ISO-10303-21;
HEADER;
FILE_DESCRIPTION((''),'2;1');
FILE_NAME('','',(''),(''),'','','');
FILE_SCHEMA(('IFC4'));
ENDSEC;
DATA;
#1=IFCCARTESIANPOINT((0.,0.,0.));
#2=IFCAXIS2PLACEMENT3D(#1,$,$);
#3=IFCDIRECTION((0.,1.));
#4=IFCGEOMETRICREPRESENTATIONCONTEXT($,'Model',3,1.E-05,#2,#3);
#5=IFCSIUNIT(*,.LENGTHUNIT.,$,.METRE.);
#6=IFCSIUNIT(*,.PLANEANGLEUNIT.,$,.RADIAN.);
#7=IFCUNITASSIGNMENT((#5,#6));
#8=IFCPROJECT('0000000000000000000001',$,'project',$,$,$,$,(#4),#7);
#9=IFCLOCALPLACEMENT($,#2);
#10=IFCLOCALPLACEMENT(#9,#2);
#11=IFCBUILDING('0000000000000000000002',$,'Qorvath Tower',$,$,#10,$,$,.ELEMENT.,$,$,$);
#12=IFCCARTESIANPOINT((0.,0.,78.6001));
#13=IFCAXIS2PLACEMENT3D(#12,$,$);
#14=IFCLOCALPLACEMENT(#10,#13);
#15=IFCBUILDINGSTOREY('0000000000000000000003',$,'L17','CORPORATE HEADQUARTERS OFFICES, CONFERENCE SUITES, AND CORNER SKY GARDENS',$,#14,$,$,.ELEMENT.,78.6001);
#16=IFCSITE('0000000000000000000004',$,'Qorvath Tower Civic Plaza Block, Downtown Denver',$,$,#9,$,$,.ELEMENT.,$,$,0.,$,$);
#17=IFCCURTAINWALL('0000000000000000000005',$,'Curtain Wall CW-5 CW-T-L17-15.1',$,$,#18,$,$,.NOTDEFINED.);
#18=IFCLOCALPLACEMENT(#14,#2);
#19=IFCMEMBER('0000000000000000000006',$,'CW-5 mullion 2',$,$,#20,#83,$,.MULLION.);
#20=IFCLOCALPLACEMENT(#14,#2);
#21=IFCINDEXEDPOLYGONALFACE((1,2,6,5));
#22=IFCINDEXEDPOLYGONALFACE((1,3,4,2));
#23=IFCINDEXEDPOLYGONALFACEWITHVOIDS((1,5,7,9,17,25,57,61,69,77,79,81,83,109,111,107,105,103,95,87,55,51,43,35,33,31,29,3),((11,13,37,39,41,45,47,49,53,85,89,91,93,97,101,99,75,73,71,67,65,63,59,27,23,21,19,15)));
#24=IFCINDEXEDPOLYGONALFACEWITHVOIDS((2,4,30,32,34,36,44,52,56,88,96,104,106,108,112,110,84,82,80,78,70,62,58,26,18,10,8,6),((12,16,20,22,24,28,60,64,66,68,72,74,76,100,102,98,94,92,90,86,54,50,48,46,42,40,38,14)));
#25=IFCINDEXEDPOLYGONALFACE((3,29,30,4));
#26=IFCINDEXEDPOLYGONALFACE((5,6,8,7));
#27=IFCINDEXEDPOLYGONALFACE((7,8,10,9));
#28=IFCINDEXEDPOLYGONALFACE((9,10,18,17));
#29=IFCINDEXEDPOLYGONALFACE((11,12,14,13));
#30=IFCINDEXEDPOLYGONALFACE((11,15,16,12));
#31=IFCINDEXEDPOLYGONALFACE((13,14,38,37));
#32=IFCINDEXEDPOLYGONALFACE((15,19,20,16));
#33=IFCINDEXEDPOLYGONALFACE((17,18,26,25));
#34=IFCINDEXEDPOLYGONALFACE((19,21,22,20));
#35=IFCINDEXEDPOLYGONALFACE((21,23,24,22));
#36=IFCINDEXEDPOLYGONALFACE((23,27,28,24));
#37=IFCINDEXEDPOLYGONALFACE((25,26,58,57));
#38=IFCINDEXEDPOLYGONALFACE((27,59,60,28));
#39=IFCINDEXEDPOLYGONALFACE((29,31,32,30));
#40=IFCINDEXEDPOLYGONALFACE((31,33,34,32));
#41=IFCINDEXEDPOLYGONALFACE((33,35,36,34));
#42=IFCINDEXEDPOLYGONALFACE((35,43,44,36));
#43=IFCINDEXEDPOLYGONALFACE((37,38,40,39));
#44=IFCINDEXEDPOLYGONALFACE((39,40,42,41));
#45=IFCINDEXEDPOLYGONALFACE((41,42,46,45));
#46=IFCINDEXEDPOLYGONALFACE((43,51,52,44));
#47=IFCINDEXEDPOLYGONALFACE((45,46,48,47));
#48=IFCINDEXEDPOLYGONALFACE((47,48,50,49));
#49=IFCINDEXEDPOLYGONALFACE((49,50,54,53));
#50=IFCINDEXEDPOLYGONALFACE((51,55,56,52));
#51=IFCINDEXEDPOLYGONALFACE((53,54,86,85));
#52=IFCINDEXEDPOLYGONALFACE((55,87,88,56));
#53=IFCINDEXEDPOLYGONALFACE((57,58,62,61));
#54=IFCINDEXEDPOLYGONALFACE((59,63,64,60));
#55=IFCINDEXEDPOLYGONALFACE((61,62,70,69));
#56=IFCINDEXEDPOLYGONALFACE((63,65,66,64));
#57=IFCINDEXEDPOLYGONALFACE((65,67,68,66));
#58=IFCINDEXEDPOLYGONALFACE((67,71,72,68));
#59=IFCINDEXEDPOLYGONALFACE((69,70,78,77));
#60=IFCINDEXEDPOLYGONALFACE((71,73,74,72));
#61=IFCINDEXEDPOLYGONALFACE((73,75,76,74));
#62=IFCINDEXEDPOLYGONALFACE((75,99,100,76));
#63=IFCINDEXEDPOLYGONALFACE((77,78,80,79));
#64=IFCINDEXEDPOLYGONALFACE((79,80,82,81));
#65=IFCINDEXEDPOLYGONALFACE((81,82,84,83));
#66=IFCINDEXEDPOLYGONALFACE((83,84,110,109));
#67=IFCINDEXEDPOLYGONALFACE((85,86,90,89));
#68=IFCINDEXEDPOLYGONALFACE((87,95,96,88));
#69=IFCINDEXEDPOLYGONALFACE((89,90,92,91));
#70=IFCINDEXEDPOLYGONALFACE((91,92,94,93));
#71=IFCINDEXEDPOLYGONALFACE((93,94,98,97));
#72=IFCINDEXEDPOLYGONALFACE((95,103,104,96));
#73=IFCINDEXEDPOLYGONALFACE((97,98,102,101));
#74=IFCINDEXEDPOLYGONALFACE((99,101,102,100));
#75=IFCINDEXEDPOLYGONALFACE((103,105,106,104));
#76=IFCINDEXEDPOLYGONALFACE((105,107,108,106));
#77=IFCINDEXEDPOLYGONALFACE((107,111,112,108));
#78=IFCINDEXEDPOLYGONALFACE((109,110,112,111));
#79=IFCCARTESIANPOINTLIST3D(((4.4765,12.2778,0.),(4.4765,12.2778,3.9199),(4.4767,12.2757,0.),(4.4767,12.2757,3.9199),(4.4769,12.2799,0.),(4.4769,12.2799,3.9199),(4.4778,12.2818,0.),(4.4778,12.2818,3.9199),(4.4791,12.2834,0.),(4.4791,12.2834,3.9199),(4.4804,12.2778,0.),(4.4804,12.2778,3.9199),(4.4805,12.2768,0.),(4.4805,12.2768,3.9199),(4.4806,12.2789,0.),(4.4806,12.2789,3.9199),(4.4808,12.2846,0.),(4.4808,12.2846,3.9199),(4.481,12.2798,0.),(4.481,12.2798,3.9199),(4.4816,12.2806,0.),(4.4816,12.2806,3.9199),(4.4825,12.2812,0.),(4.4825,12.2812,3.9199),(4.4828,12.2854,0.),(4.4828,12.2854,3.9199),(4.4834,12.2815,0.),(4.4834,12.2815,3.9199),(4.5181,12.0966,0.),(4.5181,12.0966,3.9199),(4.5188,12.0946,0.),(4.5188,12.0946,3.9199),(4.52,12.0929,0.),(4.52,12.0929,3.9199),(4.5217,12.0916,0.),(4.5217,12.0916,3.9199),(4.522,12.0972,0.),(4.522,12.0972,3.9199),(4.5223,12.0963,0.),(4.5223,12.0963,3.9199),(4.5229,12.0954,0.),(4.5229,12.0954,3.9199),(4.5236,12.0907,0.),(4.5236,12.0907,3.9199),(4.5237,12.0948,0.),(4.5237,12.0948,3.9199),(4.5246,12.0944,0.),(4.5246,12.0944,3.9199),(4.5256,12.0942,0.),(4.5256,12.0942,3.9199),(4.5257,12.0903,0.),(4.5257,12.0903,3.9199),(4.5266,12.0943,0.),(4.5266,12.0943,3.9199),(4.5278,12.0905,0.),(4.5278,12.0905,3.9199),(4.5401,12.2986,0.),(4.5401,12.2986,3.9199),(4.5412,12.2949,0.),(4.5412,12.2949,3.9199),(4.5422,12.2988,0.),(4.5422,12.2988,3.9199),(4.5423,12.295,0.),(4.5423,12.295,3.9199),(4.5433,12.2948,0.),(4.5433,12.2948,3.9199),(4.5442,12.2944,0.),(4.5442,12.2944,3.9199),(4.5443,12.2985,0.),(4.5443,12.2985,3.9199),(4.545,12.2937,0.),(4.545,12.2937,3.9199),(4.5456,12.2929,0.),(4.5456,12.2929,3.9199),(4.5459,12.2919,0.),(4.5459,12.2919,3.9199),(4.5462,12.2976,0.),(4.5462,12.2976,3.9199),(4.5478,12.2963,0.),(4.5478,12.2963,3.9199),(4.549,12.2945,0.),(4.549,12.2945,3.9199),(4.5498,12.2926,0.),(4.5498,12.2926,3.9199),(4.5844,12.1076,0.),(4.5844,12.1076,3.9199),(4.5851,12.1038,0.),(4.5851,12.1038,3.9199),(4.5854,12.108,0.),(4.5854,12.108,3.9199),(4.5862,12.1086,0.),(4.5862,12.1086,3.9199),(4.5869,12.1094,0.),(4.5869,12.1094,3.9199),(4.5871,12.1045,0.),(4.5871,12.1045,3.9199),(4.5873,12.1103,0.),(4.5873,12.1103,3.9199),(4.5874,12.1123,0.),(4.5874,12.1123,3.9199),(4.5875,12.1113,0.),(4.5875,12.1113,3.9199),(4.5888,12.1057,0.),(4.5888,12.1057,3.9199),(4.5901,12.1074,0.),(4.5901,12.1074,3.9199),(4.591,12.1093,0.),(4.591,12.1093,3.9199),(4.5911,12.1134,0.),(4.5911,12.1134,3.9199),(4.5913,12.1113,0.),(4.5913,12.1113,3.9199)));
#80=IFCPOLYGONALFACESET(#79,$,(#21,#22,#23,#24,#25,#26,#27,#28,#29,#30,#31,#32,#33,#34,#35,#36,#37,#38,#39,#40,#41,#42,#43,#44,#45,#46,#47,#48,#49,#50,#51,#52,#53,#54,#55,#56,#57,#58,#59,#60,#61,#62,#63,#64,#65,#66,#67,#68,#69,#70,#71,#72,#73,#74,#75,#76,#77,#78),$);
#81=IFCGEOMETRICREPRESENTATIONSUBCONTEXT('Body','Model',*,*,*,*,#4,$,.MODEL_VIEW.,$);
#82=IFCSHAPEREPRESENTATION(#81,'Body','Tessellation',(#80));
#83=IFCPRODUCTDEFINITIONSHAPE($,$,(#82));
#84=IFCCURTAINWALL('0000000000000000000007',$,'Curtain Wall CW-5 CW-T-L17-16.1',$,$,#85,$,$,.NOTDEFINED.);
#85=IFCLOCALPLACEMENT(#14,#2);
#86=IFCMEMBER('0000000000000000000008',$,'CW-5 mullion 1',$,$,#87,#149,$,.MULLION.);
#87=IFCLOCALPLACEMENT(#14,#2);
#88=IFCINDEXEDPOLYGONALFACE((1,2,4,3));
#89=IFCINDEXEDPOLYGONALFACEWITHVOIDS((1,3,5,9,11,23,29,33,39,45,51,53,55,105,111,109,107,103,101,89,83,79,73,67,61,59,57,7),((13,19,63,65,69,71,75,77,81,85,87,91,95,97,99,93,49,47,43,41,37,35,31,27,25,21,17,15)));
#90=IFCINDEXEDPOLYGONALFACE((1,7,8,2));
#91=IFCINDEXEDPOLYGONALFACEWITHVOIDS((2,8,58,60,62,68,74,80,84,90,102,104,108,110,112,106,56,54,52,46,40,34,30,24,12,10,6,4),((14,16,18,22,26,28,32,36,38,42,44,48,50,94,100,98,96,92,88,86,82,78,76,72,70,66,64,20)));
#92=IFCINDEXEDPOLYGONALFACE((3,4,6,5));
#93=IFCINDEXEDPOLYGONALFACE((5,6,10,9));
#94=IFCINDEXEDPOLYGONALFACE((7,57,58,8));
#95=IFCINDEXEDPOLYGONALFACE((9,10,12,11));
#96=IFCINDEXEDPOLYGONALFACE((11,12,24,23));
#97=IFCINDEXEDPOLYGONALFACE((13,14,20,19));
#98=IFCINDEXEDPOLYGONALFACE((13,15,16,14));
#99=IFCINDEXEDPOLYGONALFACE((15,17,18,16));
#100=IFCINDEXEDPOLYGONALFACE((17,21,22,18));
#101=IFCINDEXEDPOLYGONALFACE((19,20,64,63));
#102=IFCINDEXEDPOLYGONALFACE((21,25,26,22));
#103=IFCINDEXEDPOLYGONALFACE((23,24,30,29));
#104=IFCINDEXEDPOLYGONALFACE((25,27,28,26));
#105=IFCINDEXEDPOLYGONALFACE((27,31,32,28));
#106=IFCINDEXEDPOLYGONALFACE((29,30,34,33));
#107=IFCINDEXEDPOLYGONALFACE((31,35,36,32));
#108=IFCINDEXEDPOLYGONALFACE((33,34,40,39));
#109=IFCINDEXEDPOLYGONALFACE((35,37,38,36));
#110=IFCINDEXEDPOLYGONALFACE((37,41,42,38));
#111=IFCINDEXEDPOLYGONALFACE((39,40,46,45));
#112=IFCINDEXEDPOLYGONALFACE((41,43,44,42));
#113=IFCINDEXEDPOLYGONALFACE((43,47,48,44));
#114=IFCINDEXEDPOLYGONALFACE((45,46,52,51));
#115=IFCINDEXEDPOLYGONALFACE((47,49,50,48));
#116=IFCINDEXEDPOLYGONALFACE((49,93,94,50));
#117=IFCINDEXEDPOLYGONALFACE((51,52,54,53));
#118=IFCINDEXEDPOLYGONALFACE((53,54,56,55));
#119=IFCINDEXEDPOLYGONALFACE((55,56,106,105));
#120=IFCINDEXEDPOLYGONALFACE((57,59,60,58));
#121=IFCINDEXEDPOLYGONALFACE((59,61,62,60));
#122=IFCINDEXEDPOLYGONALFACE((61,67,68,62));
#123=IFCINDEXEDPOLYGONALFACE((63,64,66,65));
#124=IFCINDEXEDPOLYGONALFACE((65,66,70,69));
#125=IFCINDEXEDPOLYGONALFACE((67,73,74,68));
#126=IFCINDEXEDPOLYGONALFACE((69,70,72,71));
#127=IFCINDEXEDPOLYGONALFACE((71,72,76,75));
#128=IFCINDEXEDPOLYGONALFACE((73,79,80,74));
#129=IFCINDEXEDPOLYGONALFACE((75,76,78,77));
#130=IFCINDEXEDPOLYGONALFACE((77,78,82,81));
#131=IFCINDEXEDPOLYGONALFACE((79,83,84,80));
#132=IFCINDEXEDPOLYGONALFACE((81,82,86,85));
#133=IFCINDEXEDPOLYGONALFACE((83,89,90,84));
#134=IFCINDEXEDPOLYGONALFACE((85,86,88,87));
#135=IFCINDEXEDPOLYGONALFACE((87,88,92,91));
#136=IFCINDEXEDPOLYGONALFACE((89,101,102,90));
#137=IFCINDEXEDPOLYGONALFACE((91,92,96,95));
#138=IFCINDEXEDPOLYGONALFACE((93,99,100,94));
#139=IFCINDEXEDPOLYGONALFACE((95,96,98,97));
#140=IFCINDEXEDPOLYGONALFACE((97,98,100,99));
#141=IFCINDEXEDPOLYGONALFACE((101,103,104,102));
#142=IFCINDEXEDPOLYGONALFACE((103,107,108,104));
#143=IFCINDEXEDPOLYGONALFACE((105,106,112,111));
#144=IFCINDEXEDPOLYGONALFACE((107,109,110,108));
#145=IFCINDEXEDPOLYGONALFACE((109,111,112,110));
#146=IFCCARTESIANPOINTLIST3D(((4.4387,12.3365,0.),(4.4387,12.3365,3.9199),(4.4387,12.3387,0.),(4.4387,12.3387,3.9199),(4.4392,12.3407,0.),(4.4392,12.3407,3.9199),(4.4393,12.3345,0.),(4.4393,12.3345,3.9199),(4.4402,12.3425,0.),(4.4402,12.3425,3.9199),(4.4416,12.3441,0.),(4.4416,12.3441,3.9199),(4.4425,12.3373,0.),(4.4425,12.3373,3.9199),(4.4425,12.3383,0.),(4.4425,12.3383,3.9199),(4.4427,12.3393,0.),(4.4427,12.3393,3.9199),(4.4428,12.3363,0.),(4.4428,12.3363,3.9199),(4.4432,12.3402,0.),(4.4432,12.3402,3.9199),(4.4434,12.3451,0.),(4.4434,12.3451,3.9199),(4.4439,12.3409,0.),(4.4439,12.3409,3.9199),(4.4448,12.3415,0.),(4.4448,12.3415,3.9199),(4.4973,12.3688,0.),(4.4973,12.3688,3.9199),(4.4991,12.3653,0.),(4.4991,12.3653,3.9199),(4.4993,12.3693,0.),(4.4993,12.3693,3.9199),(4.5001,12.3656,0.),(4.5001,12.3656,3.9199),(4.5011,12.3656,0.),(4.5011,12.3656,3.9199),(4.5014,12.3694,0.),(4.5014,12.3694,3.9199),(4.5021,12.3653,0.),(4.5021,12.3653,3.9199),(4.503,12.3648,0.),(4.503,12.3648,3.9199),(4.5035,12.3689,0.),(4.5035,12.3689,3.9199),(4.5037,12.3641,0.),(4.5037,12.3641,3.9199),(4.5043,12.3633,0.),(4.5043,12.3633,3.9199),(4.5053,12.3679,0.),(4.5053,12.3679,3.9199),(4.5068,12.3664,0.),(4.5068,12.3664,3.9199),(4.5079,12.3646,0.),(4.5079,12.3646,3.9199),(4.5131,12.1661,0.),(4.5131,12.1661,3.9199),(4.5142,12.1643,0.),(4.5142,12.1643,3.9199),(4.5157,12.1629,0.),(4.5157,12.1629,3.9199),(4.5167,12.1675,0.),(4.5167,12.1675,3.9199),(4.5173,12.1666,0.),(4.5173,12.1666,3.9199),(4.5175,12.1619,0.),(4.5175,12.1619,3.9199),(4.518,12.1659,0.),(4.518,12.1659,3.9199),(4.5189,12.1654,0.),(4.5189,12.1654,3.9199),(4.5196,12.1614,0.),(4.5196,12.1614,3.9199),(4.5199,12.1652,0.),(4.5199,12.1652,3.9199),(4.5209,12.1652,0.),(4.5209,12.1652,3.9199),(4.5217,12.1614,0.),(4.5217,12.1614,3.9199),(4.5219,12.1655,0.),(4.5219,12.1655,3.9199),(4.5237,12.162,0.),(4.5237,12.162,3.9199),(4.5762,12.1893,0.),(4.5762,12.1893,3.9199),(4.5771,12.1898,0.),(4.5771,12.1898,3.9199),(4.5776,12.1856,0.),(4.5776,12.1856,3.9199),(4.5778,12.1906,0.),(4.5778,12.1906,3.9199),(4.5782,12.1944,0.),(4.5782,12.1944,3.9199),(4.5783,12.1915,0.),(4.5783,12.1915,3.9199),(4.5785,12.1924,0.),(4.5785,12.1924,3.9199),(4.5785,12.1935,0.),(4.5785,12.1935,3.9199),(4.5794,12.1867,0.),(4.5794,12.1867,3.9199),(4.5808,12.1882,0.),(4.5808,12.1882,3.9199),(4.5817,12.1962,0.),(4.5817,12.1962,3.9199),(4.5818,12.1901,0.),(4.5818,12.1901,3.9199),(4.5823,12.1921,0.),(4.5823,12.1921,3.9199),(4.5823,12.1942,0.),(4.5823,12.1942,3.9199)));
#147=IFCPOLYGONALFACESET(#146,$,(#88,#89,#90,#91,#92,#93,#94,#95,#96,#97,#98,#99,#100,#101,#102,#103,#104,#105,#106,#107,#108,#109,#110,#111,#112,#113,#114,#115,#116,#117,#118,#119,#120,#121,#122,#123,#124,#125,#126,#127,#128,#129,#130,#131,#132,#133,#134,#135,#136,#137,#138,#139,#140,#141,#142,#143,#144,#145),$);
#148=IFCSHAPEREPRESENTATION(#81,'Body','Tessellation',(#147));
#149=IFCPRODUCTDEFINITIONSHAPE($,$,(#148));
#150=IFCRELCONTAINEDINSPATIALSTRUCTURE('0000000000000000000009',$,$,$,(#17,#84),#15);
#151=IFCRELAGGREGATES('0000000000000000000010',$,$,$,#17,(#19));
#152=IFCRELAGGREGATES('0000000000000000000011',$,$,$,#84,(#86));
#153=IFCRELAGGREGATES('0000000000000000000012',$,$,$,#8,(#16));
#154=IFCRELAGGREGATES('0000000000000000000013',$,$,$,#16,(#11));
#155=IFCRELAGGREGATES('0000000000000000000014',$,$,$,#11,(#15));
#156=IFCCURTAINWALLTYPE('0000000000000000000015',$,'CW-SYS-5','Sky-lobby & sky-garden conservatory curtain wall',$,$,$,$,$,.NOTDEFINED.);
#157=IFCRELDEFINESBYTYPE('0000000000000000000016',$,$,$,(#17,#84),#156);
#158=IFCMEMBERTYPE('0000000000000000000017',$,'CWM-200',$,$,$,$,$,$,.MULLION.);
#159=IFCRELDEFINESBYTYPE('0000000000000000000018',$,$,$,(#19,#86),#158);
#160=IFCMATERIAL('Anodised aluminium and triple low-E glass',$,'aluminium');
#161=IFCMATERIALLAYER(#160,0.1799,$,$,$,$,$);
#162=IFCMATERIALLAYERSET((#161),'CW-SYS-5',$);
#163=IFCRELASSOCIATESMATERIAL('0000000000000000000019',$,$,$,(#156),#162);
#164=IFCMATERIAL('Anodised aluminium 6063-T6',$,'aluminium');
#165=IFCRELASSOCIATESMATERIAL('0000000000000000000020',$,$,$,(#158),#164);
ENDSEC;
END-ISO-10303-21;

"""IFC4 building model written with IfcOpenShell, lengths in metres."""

from ifc_helpers import new_model, si_unit, direction, frame, origin, origin_2d, place, context, subcontext, project, spatial, hollow_rectangle, extrude, material, layer, layer_set, material_profile, profile_set, type_object, element, aggregate, save


model = new_model("IFC4")

# Units and contexts
model_context = context("Model", 3, precision=1e-05, world=origin(), true_north=direction((0.0, 1.0)))
body_context = subcontext(model_context, "Body", "Model", "MODEL_VIEW")
ifc_project = project(units=[si_unit("LENGTHUNIT", "METRE"), si_unit("PLANEANGLEUNIT", "RADIAN")], contexts=[model_context])

# Site, building, storey
site_placement = place(None, origin())
site = spatial("IfcSite", under=ifc_project, at=site_placement, Name="Qorvath Tower Civic Plaza Block, Downtown Denver", CompositionType="ELEMENT", RefElevation=0.0)
building_placement = place(site_placement, origin())
building = spatial("IfcBuilding", under=site, at=building_placement, Name="Qorvath Tower", CompositionType="ELEMENT")
storey_placement = place(building_placement, frame((0.0, 0.0, 78.6001)))
storey = spatial("IfcBuildingStorey", under=building, at=storey_placement, Name="L17", Description="CORPORATE HEADQUARTERS OFFICES, CONFERENCE SUITES, AND CORNER SKY GARDENS", CompositionType="ELEMENT", Elevation=78.6001)

# Shared definitions
ifc_material_1 = material(Name="Anodised aluminium and triple low-E glass", Category="aluminium")
ifc_layer_1 = layer(ifc_material_1, 0.1799)
ifc_layer_set_1 = layer_set([ifc_layer_1], Name="CW-SYS-5")
curtain_wall_type = type_object("IfcCurtainWallType", Name="CW-SYS-5", Description="Sky-lobby & sky-garden conservatory curtain wall", PredefinedType="NOTDEFINED", material=ifc_layer_set_1)
ifc_material_2 = material(Name="Anodised aluminium 6063-T6", Category="aluminium")
ifc_material_profile_1 = material_profile(ifc_material_2, hollow_rectangle(XDim=0.075, YDim=0.2, WallThickness=0.0039, InnerFilletRadius=0.0039, OuterFilletRadius=0.0081, at=origin_2d()), Name="CWM 200x75")
ifc_profile_set_1 = profile_set([ifc_material_profile_1], Name="Anodised aluminium 6063-T6")
member_type_1 = type_object("IfcMemberType", Name="CWM-200", PredefinedType="MULLION", material=ifc_profile_set_1)

# Curtain walls, members
curtain_wall_1_placement = place(storey_placement, origin())
curtain_wall_1 = element("IfcCurtainWall", 1, at=curtain_wall_1_placement, inside=storey, type_object=curtain_wall_type, Name="Curtain Wall CW-5 CW-T-L17-15.1", PredefinedType="NOTDEFINED")
member_1_placement = place(storey_placement, frame((4.5339, 12.1946, 0.0), z_axis=(0.0, 0.0, 1.0), x_axis=(-0.974388, -0.224872, 0.0)))
member_1 = element("IfcMember", 2, at=member_1_placement, type_object=member_type_1, Name="CW-5 mullion 2", PredefinedType="MULLION", context=body_context, shape_type="SweptSolid", body=[
    extrude(hollow_rectangle(XDim=0.075, YDim=0.2, WallThickness=0.0039, InnerFilletRadius=0.0039, OuterFilletRadius=0.0081, at=origin_2d()), origin(), (0.0, 0.0, 1.0), 3.9199),
])
curtain_wall_2_placement = place(storey_placement, origin())
curtain_wall_2 = element("IfcCurtainWall", 3, at=curtain_wall_2_placement, inside=storey, type_object=curtain_wall_type, Name="Curtain Wall CW-5 CW-T-L17-16.1", PredefinedType="NOTDEFINED")
member_2_placement = place(storey_placement, frame((4.5105, 12.2654, 0.0), z_axis=(0.0, 0.0, 1.0), x_axis=(-0.915913, -0.401376, 0.0)))
member_2 = element("IfcMember", 4, at=member_2_placement, type_object=member_type_1, Name="CW-5 mullion 1", PredefinedType="MULLION", context=body_context, shape_type="SweptSolid", body=[
    extrude(hollow_rectangle(XDim=0.075, YDim=0.2, WallThickness=0.0039, InnerFilletRadius=0.0039, OuterFilletRadius=0.0081, at=origin_2d()), origin(), (0.0, 0.0, 1.0), 3.9199),
])

aggregate(curtain_wall_1, [member_1])
aggregate(curtain_wall_2, [member_2])

save(model, "model.ifc")
